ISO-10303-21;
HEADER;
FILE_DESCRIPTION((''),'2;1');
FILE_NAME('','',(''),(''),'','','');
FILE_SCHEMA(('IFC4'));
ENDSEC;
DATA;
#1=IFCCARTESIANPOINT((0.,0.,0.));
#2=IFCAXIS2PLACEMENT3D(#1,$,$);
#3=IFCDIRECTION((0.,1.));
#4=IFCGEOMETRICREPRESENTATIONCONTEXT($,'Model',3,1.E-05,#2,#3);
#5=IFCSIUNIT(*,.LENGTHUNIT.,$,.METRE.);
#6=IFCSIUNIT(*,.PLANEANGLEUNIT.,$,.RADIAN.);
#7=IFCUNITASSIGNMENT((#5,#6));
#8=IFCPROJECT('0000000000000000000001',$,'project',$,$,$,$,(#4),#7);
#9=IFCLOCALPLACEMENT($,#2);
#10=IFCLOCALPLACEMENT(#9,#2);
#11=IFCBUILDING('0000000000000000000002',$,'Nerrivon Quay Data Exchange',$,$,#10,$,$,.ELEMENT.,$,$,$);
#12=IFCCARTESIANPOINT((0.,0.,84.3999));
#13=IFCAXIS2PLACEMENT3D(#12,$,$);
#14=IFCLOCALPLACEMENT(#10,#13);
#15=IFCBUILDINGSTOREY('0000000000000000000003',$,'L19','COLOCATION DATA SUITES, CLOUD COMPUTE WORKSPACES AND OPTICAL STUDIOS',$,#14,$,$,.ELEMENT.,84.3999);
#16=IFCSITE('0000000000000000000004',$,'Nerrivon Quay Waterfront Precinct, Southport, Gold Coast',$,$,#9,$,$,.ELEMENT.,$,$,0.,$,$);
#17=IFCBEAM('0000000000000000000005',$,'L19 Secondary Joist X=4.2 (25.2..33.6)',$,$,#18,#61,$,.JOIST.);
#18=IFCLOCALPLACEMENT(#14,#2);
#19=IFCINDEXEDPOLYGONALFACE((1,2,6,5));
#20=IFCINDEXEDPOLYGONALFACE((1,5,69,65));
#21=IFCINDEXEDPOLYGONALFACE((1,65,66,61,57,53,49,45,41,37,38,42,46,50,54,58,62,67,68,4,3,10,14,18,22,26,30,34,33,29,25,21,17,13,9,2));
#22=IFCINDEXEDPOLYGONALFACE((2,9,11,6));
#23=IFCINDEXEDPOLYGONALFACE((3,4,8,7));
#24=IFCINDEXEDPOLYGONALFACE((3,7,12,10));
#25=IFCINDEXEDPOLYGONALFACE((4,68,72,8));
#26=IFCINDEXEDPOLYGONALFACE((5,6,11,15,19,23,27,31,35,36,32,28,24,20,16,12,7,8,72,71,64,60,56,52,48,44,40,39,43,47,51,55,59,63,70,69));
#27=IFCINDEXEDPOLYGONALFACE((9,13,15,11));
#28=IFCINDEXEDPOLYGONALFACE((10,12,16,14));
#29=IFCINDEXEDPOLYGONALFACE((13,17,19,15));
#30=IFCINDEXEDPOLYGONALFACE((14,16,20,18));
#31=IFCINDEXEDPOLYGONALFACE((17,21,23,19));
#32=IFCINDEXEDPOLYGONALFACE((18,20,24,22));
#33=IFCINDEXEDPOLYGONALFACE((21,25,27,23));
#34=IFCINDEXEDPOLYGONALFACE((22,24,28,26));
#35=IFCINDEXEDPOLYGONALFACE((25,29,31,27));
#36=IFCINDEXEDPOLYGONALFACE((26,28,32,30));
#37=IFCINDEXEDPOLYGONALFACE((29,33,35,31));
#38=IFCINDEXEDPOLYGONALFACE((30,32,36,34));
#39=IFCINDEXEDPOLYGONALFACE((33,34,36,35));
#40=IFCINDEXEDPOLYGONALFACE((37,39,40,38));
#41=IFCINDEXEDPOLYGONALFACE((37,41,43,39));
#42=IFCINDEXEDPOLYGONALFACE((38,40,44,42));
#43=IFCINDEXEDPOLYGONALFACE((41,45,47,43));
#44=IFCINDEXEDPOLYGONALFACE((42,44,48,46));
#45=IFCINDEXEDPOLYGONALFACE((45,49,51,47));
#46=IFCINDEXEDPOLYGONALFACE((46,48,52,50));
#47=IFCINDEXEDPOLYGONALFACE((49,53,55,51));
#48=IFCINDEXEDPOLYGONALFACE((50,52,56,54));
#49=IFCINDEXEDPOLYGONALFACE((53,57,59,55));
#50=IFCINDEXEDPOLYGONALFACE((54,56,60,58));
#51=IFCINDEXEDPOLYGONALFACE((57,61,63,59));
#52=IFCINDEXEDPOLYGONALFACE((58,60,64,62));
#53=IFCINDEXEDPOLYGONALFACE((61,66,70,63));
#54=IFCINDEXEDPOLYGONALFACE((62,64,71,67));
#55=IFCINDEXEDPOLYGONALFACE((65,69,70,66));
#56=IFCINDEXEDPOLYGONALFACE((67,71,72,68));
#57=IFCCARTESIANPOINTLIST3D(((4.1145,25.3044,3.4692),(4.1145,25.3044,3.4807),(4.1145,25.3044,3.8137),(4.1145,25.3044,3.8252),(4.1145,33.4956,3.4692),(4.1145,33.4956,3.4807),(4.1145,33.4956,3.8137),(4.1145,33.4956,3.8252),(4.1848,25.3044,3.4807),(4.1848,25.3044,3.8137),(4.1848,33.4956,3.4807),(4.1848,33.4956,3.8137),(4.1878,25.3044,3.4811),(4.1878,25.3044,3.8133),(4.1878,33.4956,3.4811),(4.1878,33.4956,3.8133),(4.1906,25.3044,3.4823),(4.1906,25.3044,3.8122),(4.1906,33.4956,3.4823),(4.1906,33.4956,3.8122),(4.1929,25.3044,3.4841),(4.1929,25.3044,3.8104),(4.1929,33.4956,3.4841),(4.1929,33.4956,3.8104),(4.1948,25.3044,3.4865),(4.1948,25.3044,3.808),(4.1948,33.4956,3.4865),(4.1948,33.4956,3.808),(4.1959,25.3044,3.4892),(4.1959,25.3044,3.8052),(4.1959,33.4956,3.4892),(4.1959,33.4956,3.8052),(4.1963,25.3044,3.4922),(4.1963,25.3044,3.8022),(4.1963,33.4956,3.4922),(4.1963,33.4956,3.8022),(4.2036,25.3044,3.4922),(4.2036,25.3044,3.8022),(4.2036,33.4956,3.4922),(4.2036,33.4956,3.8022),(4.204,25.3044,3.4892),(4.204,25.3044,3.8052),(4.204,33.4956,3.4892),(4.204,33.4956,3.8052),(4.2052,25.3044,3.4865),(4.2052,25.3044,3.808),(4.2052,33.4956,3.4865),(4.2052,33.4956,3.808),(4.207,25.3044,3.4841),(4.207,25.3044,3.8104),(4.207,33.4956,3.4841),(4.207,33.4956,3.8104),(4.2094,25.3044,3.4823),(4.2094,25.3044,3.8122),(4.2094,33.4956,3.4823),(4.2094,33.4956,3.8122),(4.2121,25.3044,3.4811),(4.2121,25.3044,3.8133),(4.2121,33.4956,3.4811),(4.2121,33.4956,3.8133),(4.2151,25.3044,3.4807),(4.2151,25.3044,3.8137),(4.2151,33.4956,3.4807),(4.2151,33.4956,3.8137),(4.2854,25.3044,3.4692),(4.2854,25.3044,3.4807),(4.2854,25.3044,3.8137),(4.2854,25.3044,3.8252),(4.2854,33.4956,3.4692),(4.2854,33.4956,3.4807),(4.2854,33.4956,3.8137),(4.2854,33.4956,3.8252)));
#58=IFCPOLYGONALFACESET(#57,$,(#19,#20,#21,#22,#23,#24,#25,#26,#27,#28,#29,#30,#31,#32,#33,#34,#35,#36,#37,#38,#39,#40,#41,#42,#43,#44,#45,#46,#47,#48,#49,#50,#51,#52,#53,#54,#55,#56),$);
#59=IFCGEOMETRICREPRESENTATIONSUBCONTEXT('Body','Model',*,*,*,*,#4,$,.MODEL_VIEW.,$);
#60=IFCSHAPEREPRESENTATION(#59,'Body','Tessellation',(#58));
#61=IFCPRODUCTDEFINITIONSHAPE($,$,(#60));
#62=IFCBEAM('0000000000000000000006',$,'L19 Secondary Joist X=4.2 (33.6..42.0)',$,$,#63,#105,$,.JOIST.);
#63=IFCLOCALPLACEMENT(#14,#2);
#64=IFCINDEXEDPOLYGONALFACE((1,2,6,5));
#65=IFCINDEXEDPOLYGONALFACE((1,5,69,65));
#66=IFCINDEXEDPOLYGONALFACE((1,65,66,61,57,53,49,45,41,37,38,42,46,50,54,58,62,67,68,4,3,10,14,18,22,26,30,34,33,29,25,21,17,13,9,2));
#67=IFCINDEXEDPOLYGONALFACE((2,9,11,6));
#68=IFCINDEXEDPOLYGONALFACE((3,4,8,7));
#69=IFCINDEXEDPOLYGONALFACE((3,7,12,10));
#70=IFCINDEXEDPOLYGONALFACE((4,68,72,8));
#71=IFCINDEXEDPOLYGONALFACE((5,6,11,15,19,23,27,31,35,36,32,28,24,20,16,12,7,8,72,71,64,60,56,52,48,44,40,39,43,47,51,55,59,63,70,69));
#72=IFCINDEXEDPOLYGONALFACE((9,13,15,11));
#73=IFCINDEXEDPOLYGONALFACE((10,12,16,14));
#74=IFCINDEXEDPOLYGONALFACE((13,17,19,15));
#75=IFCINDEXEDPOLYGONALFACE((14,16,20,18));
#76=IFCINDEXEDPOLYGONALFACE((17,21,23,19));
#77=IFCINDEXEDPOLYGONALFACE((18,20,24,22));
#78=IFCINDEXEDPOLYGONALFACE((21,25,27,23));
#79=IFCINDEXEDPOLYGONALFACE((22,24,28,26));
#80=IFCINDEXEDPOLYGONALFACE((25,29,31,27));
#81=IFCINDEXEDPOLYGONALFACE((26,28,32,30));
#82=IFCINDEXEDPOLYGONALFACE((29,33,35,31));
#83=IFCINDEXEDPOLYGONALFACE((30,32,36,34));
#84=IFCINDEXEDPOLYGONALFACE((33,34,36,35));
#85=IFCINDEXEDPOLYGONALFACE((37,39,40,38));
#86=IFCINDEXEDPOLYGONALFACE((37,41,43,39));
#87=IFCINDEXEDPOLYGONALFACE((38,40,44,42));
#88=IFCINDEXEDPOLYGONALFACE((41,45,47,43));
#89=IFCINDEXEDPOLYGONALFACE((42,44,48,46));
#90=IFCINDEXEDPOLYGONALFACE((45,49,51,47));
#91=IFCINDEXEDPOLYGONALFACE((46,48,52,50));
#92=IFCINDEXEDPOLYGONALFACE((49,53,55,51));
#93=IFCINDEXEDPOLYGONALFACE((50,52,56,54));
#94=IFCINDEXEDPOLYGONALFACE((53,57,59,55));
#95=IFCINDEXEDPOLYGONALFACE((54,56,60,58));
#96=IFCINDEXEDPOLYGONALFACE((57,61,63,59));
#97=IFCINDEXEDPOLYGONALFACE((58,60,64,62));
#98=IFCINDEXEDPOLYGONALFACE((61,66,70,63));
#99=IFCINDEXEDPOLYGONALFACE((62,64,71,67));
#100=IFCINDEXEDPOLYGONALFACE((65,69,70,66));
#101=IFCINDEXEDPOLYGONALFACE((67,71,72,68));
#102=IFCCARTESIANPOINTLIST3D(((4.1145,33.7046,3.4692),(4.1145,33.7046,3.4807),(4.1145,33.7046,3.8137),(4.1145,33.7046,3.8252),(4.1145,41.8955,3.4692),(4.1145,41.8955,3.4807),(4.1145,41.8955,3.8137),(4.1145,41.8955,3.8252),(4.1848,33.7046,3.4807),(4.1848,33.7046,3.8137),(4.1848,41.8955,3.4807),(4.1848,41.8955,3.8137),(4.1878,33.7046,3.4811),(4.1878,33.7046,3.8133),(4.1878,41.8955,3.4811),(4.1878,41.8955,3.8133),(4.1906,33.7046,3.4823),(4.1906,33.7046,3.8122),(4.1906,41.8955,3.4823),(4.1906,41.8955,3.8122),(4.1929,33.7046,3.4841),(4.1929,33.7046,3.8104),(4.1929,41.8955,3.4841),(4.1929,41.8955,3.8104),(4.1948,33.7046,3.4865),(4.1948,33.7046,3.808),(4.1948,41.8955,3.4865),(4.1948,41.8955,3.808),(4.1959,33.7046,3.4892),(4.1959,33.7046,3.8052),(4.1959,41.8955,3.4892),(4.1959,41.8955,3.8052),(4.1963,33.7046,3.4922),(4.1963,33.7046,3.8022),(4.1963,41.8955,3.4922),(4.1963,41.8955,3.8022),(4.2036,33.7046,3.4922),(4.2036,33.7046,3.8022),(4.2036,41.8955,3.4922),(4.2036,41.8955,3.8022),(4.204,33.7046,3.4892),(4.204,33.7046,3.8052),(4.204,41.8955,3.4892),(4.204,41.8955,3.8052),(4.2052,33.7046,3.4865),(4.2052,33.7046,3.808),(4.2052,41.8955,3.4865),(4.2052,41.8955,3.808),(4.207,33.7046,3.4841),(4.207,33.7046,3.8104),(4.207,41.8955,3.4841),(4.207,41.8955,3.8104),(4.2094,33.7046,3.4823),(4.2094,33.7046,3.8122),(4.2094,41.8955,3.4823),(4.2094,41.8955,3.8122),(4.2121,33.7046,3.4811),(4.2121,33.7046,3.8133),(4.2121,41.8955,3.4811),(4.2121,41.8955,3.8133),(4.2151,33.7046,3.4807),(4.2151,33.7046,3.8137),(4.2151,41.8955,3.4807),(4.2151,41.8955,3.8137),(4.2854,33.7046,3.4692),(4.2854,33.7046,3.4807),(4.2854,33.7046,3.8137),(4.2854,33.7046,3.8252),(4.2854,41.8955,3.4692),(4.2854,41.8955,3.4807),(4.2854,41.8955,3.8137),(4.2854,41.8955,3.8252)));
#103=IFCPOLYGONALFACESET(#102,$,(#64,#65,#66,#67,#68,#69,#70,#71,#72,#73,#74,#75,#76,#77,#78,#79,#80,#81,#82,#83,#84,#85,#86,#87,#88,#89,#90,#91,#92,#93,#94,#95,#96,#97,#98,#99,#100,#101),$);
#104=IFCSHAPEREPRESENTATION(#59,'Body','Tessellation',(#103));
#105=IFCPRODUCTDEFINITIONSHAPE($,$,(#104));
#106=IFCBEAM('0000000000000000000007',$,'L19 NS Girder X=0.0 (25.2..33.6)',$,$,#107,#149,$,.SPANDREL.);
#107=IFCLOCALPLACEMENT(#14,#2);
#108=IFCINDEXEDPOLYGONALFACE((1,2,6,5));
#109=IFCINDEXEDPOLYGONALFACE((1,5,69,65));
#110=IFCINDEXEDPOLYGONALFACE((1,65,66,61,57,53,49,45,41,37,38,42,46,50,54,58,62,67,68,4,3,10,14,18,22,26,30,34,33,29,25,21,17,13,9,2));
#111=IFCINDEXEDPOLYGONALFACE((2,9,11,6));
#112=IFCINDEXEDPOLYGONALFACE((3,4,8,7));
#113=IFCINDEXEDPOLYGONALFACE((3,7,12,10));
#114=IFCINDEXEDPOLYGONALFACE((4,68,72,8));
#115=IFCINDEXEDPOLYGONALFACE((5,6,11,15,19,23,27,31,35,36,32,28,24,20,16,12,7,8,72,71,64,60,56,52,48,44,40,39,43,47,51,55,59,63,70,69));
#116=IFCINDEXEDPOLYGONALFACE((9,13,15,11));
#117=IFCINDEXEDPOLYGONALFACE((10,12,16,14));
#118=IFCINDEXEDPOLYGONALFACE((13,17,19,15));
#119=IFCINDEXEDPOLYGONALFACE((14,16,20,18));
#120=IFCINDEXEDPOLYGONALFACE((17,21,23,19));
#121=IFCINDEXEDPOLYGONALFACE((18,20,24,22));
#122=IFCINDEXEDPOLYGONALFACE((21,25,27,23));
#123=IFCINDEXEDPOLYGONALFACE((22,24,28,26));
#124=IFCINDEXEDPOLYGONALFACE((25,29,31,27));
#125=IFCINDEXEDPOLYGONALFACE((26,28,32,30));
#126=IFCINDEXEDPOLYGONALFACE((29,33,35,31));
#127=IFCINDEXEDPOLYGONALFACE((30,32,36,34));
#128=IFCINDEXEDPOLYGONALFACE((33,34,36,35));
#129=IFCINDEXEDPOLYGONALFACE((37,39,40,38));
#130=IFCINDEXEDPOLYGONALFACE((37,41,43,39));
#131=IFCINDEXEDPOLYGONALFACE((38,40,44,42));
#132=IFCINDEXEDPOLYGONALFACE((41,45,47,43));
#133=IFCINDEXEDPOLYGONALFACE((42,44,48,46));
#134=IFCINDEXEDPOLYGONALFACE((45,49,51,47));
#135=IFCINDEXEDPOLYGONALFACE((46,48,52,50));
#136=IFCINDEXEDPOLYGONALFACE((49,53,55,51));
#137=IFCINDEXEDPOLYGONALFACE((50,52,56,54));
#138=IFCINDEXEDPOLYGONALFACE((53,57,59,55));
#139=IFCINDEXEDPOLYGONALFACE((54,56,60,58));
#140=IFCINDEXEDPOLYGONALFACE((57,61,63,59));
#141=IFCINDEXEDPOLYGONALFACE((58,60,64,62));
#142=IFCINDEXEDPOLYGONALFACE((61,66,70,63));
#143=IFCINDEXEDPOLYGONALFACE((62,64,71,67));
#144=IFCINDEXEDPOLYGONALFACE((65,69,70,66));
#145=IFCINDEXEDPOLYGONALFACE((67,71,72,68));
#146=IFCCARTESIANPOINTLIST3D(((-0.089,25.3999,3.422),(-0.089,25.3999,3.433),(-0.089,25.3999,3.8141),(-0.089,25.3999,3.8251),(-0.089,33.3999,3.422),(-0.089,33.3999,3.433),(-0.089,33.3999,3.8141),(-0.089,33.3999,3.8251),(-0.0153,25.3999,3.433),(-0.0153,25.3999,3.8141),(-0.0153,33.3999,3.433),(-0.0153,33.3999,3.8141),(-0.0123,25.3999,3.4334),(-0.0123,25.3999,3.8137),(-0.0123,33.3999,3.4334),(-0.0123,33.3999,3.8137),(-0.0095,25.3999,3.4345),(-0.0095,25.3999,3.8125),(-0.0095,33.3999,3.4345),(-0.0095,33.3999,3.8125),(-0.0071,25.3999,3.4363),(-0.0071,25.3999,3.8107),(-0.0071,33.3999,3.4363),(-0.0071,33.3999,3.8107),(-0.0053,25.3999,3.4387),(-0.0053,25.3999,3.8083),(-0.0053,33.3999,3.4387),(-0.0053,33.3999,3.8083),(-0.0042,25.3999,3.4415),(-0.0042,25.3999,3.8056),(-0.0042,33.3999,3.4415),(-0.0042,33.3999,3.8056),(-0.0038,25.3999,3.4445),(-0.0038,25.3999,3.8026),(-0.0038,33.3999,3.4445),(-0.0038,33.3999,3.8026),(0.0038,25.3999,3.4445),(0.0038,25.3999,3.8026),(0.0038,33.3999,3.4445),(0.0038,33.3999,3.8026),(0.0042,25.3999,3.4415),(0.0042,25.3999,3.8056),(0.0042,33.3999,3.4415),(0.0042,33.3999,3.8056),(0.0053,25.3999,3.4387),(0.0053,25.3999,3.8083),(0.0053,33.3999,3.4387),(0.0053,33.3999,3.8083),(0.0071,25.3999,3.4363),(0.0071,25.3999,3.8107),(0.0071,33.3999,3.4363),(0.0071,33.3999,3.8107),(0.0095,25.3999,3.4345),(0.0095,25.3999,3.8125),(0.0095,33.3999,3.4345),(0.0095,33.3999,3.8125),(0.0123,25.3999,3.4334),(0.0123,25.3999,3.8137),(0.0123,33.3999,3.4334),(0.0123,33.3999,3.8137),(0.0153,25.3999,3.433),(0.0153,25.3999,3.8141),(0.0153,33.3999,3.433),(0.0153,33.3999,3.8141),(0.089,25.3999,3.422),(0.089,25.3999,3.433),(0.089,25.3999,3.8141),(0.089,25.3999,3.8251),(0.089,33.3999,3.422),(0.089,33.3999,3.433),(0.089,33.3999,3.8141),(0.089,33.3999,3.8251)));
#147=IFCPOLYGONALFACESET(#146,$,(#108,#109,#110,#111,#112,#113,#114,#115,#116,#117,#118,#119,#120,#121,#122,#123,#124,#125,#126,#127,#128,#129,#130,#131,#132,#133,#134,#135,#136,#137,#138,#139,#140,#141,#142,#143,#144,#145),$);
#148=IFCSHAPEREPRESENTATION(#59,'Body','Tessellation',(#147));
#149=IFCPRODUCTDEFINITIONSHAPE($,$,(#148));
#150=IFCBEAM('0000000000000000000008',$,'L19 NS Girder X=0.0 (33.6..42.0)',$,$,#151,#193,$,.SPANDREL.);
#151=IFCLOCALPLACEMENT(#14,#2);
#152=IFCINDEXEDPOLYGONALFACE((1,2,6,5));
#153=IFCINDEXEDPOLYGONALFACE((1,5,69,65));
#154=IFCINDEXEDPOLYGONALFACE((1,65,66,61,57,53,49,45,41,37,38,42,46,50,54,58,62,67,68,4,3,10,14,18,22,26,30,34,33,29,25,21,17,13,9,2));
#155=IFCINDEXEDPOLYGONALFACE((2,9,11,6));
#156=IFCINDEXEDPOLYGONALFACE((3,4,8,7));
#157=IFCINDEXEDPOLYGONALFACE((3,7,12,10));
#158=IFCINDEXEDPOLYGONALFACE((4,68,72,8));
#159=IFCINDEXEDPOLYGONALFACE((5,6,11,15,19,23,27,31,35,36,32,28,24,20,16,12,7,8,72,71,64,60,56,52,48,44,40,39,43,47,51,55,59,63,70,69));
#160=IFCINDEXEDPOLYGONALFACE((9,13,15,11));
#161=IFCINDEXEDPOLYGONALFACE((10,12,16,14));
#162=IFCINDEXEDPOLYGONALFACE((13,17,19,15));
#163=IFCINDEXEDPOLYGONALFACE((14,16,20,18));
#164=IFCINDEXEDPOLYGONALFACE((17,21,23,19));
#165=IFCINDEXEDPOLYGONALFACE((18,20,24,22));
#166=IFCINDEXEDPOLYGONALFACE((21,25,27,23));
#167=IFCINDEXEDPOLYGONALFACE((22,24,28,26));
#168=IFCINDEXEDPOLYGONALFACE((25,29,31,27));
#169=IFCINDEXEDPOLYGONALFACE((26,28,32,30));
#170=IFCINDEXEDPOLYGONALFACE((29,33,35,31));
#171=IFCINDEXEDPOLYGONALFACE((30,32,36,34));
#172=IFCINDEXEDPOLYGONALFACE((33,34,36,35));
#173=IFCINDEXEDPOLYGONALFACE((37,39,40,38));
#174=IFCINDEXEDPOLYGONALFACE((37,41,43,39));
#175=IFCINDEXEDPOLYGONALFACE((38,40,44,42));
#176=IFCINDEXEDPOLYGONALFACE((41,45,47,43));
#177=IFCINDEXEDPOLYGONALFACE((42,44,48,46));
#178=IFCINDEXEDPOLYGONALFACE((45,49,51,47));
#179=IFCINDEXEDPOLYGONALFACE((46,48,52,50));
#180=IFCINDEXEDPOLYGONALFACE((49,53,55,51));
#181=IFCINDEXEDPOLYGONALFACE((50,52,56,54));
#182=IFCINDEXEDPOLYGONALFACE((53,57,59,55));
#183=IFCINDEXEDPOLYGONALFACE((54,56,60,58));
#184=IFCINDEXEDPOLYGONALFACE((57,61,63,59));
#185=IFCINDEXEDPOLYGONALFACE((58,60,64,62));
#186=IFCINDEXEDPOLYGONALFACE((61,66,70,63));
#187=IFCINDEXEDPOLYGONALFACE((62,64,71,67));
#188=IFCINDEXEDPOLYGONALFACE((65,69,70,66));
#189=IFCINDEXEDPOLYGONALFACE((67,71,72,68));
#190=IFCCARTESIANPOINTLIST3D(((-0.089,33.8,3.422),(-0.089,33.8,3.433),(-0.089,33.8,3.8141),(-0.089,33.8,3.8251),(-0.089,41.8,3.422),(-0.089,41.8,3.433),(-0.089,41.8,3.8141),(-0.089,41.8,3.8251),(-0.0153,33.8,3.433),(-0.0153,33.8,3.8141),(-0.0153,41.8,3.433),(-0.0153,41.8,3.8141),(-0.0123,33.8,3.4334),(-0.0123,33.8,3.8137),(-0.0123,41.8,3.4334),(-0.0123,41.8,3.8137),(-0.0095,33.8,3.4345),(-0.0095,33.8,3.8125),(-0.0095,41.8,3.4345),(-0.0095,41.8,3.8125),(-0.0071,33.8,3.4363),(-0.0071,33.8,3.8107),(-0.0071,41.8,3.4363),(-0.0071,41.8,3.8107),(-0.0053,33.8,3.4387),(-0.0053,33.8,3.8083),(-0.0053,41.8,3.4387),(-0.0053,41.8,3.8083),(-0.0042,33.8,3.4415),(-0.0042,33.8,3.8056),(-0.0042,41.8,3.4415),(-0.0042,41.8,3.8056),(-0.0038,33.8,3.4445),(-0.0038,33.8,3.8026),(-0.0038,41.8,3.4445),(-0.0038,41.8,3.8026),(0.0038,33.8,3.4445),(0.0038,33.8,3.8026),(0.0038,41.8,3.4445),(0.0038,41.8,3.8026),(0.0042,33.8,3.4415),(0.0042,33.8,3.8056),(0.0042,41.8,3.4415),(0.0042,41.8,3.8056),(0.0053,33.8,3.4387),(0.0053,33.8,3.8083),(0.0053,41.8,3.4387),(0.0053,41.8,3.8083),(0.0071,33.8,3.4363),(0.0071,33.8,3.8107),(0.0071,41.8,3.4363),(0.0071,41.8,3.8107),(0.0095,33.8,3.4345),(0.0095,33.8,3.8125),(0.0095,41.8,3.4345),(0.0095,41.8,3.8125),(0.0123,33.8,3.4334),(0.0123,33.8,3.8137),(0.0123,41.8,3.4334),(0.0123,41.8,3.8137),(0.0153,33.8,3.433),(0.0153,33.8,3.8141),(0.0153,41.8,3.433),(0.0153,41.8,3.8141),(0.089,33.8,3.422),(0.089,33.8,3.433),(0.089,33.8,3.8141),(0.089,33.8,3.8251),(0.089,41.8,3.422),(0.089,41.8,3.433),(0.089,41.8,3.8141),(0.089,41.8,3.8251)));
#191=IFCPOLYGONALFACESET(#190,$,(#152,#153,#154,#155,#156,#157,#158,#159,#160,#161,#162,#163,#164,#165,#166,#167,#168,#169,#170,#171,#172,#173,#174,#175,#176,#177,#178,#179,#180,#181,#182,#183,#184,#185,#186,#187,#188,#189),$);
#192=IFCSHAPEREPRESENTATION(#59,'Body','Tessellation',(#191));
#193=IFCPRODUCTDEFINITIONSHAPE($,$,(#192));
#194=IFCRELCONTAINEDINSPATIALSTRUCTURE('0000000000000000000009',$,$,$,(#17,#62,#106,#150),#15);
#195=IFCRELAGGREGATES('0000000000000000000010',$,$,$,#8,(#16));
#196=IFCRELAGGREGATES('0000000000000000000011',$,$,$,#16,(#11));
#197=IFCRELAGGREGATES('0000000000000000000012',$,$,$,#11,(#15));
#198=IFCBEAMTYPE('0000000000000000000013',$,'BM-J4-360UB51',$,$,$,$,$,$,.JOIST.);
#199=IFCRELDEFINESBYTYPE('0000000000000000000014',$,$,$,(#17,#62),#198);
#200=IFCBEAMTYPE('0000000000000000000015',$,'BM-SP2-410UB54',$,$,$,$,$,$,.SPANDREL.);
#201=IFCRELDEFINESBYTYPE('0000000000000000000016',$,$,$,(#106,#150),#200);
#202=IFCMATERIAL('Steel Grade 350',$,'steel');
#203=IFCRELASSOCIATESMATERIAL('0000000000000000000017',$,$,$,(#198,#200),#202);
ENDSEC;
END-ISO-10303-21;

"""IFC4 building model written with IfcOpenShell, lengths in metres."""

from ifc_helpers import new_model, si_unit, direction, frame, origin, origin_2d, place, context, subcontext, project, spatial, i_section, extrude, material, material_profile, profile_set, type_object, element, save


model = new_model("IFC4")

# Units and contexts
model_context = context("Model", 3, precision=1e-05, world=origin(), true_north=direction((0.0, 1.0)))
body_context = subcontext(model_context, "Body", "Model", "MODEL_VIEW")
ifc_project = project(units=[si_unit("LENGTHUNIT", "METRE"), si_unit("PLANEANGLEUNIT", "RADIAN")], contexts=[model_context])

# Site, building, storey
site_placement = place(None, origin())
site = spatial("IfcSite", under=ifc_project, at=site_placement, Name="Nerrivon Quay Waterfront Precinct, Southport, Gold Coast", CompositionType="ELEMENT", RefElevation=0.0)
building_placement = place(site_placement, origin())
building = spatial("IfcBuilding", under=site, at=building_placement, Name="Nerrivon Quay Data Exchange", CompositionType="ELEMENT")
storey_placement = place(building_placement, frame((0.0, 0.0, 84.3999)))
storey = spatial("IfcBuildingStorey", under=building, at=storey_placement, Name="L19", Description="COLOCATION DATA SUITES, CLOUD COMPUTE WORKSPACES AND OPTICAL STUDIOS", CompositionType="ELEMENT", Elevation=84.3999)

# Shared definitions
ifc_material_1 = material(Name="Steel Grade 350", Category="steel")

# Beams
ifc_material_profile_1 = material_profile(ifc_material_1, i_section(OverallWidth=0.1709, OverallDepth=0.356, WebThickness=0.0073, FlangeThickness=0.0115, FilletRadius=0.0115, at=origin_2d()), Name="360UB50.7")
ifc_profile_set_1 = profile_set([ifc_material_profile_1], Name="Steel Grade 350")
beam_type_1 = type_object("IfcBeamType", Name="BM-J4-360UB51", PredefinedType="JOIST", material=ifc_profile_set_1)
beam_1_placement = place(storey_placement, frame((4.2, 25.3044, 3.6472), z_axis=(0.0, 1.0, 0.0), x_axis=(-1.0, 0.0, 0.0)))
element("IfcBeam", 1, at=beam_1_placement, inside=storey, type_object=beam_type_1, Name="L19 Secondary Joist X=4.2 (25.2..33.6)", PredefinedType="JOIST", context=body_context, shape_type="SweptSolid", body=[
    extrude(i_section(OverallWidth=0.1709, OverallDepth=0.356, WebThickness=0.0073, FlangeThickness=0.0115, FilletRadius=0.0115, at=origin_2d()), origin(), (0.0, 0.0, 1.0), 8.1912),
])
beam_2_placement = place(storey_placement, frame((4.2, 33.7046, 3.6472), z_axis=(0.0, 1.0, 0.0), x_axis=(-1.0, 0.0, 0.0)))
element("IfcBeam", 2, at=beam_2_placement, inside=storey, type_object=beam_type_1, Name="L19 Secondary Joist X=4.2 (33.6..42.0)", PredefinedType="JOIST", context=body_context, shape_type="SweptSolid", body=[
    extrude(i_section(OverallWidth=0.1709, OverallDepth=0.356, WebThickness=0.0073, FlangeThickness=0.0115, FilletRadius=0.0115, at=origin_2d()), origin(), (0.0, 0.0, 1.0), 8.1909),
])
ifc_material_profile_2 = material_profile(ifc_material_1, i_section(OverallWidth=0.178, OverallDepth=0.4031, WebThickness=0.0076, FlangeThickness=0.011, FilletRadius=0.0115, at=origin_2d()), Name="410UB53.7")
ifc_profile_set_2 = profile_set([ifc_material_profile_2], Name="Steel Grade 350")
beam_type_2 = type_object("IfcBeamType", Name="BM-SP2-410UB54", PredefinedType="SPANDREL", material=ifc_profile_set_2)
for number, where, z_axis, x_axis, name in (
    (3, (0.0, 25.3999, 3.6235), (0.0, 1.0, 0.0), (-1.0, 0.0, 0.0), "L19 NS Girder X=0.0 (25.2..33.6)"),
    (4, (0.0, 33.8, 3.6235), (0.0, 1.0, 0.0), (-1.0, 0.0, 0.0), "L19 NS Girder X=0.0 (33.6..42.0)"),
):
    element("IfcBeam", number, at=place(storey_placement, frame(where, z_axis=z_axis, x_axis=x_axis)), inside=storey, type_object=beam_type_2, Name=name, PredefinedType="SPANDREL", context=body_context, shape_type="SweptSolid", body=[
        extrude(i_section(OverallWidth=0.178, OverallDepth=0.4031, WebThickness=0.0076, FlangeThickness=0.011, FilletRadius=0.0115, at=origin_2d()), origin(), (0.0, 0.0, 1.0), 8.0),
    ])

save(model, "model.ifc")
